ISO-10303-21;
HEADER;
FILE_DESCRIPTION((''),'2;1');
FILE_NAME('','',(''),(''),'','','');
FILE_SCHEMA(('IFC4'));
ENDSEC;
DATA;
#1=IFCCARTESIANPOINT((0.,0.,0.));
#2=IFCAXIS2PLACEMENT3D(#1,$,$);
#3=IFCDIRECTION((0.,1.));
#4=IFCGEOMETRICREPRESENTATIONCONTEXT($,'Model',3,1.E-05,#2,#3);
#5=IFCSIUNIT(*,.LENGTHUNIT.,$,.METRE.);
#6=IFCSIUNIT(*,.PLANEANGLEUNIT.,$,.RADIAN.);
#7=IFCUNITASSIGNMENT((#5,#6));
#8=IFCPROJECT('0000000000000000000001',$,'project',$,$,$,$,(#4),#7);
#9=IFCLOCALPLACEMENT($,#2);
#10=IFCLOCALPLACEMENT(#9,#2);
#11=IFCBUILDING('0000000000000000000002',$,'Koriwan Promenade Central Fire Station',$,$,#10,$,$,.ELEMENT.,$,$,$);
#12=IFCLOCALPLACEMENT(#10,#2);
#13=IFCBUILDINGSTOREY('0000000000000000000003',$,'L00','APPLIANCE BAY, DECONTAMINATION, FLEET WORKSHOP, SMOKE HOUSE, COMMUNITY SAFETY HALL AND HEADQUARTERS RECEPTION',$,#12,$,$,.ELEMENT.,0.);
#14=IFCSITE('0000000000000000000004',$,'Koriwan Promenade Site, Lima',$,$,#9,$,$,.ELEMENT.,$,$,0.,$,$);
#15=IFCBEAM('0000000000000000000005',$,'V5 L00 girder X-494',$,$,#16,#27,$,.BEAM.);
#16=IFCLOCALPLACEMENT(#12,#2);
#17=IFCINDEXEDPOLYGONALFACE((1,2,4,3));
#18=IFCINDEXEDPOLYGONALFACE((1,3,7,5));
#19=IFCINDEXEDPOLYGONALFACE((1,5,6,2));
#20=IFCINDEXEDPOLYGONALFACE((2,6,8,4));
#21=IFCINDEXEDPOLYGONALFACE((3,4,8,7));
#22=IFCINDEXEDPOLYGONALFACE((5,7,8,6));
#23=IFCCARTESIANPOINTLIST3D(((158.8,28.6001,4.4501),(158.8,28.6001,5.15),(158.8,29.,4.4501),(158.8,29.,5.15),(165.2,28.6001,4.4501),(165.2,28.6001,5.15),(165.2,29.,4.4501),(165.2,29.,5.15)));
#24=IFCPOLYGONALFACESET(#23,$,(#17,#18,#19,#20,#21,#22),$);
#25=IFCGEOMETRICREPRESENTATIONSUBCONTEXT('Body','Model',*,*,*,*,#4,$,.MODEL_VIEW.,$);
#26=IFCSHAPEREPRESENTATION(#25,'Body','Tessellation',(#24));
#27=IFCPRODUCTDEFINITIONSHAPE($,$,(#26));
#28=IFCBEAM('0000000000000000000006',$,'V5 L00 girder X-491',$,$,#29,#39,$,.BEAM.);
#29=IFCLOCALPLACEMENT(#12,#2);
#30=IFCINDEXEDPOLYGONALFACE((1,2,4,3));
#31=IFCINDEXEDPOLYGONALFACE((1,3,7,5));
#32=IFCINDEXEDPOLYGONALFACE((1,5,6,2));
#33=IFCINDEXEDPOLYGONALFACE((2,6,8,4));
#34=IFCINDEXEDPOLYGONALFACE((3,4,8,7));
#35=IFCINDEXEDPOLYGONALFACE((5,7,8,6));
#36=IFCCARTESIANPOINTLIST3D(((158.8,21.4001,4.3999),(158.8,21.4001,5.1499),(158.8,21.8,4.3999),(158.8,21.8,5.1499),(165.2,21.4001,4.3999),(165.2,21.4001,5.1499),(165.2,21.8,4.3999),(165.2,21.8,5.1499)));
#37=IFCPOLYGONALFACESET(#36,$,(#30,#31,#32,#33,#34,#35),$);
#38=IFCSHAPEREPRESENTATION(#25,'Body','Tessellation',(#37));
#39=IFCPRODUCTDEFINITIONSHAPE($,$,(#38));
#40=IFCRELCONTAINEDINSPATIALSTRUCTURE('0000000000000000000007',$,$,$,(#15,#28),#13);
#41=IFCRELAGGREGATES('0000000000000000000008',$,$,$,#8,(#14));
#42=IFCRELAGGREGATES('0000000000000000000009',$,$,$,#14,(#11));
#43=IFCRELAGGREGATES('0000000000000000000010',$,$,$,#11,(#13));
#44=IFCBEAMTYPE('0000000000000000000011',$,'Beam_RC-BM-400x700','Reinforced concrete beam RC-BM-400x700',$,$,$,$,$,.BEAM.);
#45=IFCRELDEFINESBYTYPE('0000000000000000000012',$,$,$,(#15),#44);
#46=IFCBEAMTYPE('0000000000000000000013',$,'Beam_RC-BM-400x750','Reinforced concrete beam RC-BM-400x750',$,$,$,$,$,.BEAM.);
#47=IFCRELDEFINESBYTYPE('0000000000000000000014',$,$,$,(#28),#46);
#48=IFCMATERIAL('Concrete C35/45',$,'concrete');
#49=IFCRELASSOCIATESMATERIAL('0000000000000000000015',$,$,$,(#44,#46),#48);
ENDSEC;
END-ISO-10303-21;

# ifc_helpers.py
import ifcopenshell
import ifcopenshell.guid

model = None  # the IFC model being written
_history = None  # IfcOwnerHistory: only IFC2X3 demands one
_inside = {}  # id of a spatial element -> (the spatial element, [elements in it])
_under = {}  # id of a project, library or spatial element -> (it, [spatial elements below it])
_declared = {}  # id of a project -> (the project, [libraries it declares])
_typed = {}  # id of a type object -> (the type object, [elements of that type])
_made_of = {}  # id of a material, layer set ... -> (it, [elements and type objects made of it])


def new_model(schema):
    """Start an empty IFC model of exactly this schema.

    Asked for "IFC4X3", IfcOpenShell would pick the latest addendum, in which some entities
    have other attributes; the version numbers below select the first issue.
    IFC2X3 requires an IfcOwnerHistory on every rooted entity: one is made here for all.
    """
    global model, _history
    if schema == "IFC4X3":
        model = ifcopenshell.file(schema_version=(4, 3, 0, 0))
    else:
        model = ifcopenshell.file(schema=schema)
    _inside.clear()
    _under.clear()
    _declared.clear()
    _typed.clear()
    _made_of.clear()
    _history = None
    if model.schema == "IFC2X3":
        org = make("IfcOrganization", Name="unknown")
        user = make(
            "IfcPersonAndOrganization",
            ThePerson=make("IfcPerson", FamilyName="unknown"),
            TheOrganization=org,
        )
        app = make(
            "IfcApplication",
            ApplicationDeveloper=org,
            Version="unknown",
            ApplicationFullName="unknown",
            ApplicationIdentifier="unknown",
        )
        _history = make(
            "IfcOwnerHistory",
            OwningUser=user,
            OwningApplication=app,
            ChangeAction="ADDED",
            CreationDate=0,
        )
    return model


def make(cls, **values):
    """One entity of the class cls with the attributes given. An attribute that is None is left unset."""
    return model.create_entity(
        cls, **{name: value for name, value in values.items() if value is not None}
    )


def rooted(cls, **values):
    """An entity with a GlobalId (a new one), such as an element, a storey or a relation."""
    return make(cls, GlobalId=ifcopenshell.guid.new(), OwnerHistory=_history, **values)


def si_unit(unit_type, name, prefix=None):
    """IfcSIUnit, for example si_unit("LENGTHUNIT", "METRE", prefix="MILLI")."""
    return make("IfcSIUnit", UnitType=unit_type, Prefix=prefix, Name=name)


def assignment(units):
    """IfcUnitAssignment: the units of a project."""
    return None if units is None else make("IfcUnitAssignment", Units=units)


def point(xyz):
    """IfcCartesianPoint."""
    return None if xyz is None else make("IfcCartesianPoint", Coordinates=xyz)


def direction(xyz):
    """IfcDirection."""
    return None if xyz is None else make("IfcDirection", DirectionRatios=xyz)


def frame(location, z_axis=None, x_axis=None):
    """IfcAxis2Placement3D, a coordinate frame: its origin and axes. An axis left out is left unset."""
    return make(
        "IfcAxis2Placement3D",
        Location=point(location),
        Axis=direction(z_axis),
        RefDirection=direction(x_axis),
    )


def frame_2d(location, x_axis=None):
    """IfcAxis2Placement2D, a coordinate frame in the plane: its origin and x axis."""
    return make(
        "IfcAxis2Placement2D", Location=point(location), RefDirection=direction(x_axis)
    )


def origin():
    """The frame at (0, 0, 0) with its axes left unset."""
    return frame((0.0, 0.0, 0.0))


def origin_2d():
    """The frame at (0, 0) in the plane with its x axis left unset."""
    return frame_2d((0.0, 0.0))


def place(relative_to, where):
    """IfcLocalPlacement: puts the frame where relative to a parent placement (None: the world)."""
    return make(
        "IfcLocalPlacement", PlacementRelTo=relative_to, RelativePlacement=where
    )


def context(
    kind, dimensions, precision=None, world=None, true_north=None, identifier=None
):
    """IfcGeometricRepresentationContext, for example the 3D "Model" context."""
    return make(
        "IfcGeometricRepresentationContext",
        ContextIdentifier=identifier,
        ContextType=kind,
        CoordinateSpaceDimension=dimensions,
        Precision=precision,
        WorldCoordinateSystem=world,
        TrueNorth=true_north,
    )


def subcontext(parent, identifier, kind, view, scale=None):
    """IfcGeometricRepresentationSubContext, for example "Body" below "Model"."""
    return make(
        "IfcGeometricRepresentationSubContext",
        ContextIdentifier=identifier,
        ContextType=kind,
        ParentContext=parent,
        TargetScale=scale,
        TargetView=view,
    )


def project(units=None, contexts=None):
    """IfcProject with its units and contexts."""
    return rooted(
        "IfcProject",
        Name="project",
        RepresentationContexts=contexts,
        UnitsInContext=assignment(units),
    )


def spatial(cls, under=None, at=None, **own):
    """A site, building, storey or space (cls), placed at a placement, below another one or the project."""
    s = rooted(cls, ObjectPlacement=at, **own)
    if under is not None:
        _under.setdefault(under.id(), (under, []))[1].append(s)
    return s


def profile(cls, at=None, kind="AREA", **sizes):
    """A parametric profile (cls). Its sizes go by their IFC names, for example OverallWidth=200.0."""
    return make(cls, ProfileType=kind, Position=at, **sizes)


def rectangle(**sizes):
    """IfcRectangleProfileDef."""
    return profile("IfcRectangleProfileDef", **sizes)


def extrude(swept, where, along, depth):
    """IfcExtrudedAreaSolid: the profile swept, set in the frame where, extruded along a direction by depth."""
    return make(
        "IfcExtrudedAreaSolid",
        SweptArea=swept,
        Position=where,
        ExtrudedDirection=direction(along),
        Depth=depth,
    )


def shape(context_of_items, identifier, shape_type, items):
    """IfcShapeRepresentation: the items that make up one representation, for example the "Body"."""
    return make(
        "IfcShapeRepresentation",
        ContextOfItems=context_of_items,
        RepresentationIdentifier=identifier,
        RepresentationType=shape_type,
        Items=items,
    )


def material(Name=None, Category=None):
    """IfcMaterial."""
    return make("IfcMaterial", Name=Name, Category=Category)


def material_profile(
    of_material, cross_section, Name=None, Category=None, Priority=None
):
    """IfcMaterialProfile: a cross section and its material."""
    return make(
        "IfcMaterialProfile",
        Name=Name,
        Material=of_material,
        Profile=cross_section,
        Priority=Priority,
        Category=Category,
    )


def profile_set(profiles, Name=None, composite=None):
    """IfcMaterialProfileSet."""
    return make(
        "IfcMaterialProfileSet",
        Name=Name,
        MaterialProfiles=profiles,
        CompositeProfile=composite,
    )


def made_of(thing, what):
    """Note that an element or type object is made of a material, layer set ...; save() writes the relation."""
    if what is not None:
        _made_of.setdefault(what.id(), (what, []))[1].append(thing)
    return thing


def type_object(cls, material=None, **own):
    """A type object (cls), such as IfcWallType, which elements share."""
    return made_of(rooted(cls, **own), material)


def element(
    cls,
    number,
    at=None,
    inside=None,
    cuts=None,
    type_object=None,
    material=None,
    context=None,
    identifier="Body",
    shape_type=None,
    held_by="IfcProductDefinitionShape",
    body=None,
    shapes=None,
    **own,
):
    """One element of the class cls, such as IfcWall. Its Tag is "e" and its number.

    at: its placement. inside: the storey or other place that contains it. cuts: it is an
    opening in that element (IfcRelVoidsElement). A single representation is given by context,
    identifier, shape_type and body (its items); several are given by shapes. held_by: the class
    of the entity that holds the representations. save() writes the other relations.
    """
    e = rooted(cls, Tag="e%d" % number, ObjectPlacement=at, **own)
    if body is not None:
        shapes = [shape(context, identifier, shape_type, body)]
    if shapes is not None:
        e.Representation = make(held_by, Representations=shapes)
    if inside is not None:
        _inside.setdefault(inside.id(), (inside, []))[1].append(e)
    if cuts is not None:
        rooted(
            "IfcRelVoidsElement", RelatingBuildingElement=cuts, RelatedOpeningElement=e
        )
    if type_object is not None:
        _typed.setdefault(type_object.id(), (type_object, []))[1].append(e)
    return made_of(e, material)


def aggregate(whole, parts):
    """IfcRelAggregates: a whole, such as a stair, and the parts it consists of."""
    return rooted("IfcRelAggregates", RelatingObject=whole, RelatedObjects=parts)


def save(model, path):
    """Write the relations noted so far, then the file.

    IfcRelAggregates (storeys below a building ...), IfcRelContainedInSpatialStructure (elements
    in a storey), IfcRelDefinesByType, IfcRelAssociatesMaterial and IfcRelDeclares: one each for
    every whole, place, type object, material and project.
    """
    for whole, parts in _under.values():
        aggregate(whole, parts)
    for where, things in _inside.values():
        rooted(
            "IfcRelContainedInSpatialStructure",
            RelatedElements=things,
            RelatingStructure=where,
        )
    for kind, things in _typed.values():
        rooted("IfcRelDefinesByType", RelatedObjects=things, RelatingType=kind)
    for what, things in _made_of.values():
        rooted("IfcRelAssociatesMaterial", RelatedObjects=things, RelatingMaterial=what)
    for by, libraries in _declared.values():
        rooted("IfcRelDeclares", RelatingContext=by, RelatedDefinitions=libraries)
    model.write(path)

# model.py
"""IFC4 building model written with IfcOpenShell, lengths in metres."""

from ifc_helpers import new_model, si_unit, direction, frame, origin, origin_2d, place, context, subcontext, project, spatial, rectangle, extrude, material, material_profile, profile_set, type_object, element, save


model = new_model("IFC4")

# Units and contexts
model_context = context("Model", 3, precision=1e-05, world=origin(), true_north=direction((0.0, 1.0)))
body_context = subcontext(model_context, "Body", "Model", "MODEL_VIEW")
ifc_project = project(units=[si_unit("LENGTHUNIT", "METRE"), si_unit("PLANEANGLEUNIT", "RADIAN")], contexts=[model_context])

# Site, building, storey
site_placement = place(None, origin())
site = spatial("IfcSite", under=ifc_project, at=site_placement, Name="Koriwan Promenade Site, Lima", CompositionType="ELEMENT", RefElevation=0.0)
building_placement = place(site_placement, origin())
building = spatial("IfcBuilding", under=site, at=building_placement, Name="Koriwan Promenade Central Fire Station", CompositionType="ELEMENT")
storey_placement = place(building_placement, origin())
storey = spatial("IfcBuildingStorey", under=building, at=storey_placement, Name="L00", Description="APPLIANCE BAY, DECONTAMINATION, FLEET WORKSHOP, SMOKE HOUSE, COMMUNITY SAFETY HALL AND HEADQUARTERS RECEPTION", CompositionType="ELEMENT", Elevation=0.0)

# Shared definitions
ifc_material_1 = material(Name="Concrete C35/45", Category="concrete")

# Beams
ifc_material_profile_1 = material_profile(ifc_material_1, rectangle(XDim=0.3999, YDim=0.7, at=origin_2d()), Name="RC-BM-400x700")
ifc_profile_set_1 = profile_set([ifc_material_profile_1], Name="Concrete C35/45")
beam_type_1 = type_object("IfcBeamType", Name="Beam_RC-BM-400x700", Description="Reinforced concrete beam RC-BM-400x700", PredefinedType="BEAM", material=ifc_profile_set_1)
beam_1_placement = place(storey_placement, frame((158.8, 28.8, 4.8), z_axis=(1.0, 0.0, 0.0), x_axis=(0.0, 1.0, 0.0)))
element("IfcBeam", 1, at=beam_1_placement, inside=storey, type_object=beam_type_1, Name="V5 L00 girder X-494", PredefinedType="BEAM", context=body_context, shape_type="SweptSolid", body=[
    extrude(rectangle(XDim=0.3999, YDim=0.7, at=origin_2d()), origin(), (0.0, 0.0, 1.0), 6.3999),
])
ifc_material_profile_2 = material_profile(ifc_material_1, rectangle(XDim=0.3999, YDim=0.75, at=origin_2d()), Name="RC-BM-400x750")
ifc_profile_set_2 = profile_set([ifc_material_profile_2], Name="Concrete C35/45")
beam_type_2 = type_object("IfcBeamType", Name="Beam_RC-BM-400x750", Description="Reinforced concrete beam RC-BM-400x750", PredefinedType="BEAM", material=ifc_profile_set_2)
beam_2_placement = place(storey_placement, frame((158.8, 21.6001, 4.7749), z_axis=(1.0, 0.0, 0.0), x_axis=(0.0, 1.0, 0.0)))
element("IfcBeam", 2, at=beam_2_placement, inside=storey, type_object=beam_type_2, Name="V5 L00 girder X-491", PredefinedType="BEAM", context=body_context, shape_type="SweptSolid", body=[
    extrude(rectangle(XDim=0.3999, YDim=0.75, at=origin_2d()), origin(), (0.0, 0.0, 1.0), 6.3999),
])

save(model, "model.ifc")
